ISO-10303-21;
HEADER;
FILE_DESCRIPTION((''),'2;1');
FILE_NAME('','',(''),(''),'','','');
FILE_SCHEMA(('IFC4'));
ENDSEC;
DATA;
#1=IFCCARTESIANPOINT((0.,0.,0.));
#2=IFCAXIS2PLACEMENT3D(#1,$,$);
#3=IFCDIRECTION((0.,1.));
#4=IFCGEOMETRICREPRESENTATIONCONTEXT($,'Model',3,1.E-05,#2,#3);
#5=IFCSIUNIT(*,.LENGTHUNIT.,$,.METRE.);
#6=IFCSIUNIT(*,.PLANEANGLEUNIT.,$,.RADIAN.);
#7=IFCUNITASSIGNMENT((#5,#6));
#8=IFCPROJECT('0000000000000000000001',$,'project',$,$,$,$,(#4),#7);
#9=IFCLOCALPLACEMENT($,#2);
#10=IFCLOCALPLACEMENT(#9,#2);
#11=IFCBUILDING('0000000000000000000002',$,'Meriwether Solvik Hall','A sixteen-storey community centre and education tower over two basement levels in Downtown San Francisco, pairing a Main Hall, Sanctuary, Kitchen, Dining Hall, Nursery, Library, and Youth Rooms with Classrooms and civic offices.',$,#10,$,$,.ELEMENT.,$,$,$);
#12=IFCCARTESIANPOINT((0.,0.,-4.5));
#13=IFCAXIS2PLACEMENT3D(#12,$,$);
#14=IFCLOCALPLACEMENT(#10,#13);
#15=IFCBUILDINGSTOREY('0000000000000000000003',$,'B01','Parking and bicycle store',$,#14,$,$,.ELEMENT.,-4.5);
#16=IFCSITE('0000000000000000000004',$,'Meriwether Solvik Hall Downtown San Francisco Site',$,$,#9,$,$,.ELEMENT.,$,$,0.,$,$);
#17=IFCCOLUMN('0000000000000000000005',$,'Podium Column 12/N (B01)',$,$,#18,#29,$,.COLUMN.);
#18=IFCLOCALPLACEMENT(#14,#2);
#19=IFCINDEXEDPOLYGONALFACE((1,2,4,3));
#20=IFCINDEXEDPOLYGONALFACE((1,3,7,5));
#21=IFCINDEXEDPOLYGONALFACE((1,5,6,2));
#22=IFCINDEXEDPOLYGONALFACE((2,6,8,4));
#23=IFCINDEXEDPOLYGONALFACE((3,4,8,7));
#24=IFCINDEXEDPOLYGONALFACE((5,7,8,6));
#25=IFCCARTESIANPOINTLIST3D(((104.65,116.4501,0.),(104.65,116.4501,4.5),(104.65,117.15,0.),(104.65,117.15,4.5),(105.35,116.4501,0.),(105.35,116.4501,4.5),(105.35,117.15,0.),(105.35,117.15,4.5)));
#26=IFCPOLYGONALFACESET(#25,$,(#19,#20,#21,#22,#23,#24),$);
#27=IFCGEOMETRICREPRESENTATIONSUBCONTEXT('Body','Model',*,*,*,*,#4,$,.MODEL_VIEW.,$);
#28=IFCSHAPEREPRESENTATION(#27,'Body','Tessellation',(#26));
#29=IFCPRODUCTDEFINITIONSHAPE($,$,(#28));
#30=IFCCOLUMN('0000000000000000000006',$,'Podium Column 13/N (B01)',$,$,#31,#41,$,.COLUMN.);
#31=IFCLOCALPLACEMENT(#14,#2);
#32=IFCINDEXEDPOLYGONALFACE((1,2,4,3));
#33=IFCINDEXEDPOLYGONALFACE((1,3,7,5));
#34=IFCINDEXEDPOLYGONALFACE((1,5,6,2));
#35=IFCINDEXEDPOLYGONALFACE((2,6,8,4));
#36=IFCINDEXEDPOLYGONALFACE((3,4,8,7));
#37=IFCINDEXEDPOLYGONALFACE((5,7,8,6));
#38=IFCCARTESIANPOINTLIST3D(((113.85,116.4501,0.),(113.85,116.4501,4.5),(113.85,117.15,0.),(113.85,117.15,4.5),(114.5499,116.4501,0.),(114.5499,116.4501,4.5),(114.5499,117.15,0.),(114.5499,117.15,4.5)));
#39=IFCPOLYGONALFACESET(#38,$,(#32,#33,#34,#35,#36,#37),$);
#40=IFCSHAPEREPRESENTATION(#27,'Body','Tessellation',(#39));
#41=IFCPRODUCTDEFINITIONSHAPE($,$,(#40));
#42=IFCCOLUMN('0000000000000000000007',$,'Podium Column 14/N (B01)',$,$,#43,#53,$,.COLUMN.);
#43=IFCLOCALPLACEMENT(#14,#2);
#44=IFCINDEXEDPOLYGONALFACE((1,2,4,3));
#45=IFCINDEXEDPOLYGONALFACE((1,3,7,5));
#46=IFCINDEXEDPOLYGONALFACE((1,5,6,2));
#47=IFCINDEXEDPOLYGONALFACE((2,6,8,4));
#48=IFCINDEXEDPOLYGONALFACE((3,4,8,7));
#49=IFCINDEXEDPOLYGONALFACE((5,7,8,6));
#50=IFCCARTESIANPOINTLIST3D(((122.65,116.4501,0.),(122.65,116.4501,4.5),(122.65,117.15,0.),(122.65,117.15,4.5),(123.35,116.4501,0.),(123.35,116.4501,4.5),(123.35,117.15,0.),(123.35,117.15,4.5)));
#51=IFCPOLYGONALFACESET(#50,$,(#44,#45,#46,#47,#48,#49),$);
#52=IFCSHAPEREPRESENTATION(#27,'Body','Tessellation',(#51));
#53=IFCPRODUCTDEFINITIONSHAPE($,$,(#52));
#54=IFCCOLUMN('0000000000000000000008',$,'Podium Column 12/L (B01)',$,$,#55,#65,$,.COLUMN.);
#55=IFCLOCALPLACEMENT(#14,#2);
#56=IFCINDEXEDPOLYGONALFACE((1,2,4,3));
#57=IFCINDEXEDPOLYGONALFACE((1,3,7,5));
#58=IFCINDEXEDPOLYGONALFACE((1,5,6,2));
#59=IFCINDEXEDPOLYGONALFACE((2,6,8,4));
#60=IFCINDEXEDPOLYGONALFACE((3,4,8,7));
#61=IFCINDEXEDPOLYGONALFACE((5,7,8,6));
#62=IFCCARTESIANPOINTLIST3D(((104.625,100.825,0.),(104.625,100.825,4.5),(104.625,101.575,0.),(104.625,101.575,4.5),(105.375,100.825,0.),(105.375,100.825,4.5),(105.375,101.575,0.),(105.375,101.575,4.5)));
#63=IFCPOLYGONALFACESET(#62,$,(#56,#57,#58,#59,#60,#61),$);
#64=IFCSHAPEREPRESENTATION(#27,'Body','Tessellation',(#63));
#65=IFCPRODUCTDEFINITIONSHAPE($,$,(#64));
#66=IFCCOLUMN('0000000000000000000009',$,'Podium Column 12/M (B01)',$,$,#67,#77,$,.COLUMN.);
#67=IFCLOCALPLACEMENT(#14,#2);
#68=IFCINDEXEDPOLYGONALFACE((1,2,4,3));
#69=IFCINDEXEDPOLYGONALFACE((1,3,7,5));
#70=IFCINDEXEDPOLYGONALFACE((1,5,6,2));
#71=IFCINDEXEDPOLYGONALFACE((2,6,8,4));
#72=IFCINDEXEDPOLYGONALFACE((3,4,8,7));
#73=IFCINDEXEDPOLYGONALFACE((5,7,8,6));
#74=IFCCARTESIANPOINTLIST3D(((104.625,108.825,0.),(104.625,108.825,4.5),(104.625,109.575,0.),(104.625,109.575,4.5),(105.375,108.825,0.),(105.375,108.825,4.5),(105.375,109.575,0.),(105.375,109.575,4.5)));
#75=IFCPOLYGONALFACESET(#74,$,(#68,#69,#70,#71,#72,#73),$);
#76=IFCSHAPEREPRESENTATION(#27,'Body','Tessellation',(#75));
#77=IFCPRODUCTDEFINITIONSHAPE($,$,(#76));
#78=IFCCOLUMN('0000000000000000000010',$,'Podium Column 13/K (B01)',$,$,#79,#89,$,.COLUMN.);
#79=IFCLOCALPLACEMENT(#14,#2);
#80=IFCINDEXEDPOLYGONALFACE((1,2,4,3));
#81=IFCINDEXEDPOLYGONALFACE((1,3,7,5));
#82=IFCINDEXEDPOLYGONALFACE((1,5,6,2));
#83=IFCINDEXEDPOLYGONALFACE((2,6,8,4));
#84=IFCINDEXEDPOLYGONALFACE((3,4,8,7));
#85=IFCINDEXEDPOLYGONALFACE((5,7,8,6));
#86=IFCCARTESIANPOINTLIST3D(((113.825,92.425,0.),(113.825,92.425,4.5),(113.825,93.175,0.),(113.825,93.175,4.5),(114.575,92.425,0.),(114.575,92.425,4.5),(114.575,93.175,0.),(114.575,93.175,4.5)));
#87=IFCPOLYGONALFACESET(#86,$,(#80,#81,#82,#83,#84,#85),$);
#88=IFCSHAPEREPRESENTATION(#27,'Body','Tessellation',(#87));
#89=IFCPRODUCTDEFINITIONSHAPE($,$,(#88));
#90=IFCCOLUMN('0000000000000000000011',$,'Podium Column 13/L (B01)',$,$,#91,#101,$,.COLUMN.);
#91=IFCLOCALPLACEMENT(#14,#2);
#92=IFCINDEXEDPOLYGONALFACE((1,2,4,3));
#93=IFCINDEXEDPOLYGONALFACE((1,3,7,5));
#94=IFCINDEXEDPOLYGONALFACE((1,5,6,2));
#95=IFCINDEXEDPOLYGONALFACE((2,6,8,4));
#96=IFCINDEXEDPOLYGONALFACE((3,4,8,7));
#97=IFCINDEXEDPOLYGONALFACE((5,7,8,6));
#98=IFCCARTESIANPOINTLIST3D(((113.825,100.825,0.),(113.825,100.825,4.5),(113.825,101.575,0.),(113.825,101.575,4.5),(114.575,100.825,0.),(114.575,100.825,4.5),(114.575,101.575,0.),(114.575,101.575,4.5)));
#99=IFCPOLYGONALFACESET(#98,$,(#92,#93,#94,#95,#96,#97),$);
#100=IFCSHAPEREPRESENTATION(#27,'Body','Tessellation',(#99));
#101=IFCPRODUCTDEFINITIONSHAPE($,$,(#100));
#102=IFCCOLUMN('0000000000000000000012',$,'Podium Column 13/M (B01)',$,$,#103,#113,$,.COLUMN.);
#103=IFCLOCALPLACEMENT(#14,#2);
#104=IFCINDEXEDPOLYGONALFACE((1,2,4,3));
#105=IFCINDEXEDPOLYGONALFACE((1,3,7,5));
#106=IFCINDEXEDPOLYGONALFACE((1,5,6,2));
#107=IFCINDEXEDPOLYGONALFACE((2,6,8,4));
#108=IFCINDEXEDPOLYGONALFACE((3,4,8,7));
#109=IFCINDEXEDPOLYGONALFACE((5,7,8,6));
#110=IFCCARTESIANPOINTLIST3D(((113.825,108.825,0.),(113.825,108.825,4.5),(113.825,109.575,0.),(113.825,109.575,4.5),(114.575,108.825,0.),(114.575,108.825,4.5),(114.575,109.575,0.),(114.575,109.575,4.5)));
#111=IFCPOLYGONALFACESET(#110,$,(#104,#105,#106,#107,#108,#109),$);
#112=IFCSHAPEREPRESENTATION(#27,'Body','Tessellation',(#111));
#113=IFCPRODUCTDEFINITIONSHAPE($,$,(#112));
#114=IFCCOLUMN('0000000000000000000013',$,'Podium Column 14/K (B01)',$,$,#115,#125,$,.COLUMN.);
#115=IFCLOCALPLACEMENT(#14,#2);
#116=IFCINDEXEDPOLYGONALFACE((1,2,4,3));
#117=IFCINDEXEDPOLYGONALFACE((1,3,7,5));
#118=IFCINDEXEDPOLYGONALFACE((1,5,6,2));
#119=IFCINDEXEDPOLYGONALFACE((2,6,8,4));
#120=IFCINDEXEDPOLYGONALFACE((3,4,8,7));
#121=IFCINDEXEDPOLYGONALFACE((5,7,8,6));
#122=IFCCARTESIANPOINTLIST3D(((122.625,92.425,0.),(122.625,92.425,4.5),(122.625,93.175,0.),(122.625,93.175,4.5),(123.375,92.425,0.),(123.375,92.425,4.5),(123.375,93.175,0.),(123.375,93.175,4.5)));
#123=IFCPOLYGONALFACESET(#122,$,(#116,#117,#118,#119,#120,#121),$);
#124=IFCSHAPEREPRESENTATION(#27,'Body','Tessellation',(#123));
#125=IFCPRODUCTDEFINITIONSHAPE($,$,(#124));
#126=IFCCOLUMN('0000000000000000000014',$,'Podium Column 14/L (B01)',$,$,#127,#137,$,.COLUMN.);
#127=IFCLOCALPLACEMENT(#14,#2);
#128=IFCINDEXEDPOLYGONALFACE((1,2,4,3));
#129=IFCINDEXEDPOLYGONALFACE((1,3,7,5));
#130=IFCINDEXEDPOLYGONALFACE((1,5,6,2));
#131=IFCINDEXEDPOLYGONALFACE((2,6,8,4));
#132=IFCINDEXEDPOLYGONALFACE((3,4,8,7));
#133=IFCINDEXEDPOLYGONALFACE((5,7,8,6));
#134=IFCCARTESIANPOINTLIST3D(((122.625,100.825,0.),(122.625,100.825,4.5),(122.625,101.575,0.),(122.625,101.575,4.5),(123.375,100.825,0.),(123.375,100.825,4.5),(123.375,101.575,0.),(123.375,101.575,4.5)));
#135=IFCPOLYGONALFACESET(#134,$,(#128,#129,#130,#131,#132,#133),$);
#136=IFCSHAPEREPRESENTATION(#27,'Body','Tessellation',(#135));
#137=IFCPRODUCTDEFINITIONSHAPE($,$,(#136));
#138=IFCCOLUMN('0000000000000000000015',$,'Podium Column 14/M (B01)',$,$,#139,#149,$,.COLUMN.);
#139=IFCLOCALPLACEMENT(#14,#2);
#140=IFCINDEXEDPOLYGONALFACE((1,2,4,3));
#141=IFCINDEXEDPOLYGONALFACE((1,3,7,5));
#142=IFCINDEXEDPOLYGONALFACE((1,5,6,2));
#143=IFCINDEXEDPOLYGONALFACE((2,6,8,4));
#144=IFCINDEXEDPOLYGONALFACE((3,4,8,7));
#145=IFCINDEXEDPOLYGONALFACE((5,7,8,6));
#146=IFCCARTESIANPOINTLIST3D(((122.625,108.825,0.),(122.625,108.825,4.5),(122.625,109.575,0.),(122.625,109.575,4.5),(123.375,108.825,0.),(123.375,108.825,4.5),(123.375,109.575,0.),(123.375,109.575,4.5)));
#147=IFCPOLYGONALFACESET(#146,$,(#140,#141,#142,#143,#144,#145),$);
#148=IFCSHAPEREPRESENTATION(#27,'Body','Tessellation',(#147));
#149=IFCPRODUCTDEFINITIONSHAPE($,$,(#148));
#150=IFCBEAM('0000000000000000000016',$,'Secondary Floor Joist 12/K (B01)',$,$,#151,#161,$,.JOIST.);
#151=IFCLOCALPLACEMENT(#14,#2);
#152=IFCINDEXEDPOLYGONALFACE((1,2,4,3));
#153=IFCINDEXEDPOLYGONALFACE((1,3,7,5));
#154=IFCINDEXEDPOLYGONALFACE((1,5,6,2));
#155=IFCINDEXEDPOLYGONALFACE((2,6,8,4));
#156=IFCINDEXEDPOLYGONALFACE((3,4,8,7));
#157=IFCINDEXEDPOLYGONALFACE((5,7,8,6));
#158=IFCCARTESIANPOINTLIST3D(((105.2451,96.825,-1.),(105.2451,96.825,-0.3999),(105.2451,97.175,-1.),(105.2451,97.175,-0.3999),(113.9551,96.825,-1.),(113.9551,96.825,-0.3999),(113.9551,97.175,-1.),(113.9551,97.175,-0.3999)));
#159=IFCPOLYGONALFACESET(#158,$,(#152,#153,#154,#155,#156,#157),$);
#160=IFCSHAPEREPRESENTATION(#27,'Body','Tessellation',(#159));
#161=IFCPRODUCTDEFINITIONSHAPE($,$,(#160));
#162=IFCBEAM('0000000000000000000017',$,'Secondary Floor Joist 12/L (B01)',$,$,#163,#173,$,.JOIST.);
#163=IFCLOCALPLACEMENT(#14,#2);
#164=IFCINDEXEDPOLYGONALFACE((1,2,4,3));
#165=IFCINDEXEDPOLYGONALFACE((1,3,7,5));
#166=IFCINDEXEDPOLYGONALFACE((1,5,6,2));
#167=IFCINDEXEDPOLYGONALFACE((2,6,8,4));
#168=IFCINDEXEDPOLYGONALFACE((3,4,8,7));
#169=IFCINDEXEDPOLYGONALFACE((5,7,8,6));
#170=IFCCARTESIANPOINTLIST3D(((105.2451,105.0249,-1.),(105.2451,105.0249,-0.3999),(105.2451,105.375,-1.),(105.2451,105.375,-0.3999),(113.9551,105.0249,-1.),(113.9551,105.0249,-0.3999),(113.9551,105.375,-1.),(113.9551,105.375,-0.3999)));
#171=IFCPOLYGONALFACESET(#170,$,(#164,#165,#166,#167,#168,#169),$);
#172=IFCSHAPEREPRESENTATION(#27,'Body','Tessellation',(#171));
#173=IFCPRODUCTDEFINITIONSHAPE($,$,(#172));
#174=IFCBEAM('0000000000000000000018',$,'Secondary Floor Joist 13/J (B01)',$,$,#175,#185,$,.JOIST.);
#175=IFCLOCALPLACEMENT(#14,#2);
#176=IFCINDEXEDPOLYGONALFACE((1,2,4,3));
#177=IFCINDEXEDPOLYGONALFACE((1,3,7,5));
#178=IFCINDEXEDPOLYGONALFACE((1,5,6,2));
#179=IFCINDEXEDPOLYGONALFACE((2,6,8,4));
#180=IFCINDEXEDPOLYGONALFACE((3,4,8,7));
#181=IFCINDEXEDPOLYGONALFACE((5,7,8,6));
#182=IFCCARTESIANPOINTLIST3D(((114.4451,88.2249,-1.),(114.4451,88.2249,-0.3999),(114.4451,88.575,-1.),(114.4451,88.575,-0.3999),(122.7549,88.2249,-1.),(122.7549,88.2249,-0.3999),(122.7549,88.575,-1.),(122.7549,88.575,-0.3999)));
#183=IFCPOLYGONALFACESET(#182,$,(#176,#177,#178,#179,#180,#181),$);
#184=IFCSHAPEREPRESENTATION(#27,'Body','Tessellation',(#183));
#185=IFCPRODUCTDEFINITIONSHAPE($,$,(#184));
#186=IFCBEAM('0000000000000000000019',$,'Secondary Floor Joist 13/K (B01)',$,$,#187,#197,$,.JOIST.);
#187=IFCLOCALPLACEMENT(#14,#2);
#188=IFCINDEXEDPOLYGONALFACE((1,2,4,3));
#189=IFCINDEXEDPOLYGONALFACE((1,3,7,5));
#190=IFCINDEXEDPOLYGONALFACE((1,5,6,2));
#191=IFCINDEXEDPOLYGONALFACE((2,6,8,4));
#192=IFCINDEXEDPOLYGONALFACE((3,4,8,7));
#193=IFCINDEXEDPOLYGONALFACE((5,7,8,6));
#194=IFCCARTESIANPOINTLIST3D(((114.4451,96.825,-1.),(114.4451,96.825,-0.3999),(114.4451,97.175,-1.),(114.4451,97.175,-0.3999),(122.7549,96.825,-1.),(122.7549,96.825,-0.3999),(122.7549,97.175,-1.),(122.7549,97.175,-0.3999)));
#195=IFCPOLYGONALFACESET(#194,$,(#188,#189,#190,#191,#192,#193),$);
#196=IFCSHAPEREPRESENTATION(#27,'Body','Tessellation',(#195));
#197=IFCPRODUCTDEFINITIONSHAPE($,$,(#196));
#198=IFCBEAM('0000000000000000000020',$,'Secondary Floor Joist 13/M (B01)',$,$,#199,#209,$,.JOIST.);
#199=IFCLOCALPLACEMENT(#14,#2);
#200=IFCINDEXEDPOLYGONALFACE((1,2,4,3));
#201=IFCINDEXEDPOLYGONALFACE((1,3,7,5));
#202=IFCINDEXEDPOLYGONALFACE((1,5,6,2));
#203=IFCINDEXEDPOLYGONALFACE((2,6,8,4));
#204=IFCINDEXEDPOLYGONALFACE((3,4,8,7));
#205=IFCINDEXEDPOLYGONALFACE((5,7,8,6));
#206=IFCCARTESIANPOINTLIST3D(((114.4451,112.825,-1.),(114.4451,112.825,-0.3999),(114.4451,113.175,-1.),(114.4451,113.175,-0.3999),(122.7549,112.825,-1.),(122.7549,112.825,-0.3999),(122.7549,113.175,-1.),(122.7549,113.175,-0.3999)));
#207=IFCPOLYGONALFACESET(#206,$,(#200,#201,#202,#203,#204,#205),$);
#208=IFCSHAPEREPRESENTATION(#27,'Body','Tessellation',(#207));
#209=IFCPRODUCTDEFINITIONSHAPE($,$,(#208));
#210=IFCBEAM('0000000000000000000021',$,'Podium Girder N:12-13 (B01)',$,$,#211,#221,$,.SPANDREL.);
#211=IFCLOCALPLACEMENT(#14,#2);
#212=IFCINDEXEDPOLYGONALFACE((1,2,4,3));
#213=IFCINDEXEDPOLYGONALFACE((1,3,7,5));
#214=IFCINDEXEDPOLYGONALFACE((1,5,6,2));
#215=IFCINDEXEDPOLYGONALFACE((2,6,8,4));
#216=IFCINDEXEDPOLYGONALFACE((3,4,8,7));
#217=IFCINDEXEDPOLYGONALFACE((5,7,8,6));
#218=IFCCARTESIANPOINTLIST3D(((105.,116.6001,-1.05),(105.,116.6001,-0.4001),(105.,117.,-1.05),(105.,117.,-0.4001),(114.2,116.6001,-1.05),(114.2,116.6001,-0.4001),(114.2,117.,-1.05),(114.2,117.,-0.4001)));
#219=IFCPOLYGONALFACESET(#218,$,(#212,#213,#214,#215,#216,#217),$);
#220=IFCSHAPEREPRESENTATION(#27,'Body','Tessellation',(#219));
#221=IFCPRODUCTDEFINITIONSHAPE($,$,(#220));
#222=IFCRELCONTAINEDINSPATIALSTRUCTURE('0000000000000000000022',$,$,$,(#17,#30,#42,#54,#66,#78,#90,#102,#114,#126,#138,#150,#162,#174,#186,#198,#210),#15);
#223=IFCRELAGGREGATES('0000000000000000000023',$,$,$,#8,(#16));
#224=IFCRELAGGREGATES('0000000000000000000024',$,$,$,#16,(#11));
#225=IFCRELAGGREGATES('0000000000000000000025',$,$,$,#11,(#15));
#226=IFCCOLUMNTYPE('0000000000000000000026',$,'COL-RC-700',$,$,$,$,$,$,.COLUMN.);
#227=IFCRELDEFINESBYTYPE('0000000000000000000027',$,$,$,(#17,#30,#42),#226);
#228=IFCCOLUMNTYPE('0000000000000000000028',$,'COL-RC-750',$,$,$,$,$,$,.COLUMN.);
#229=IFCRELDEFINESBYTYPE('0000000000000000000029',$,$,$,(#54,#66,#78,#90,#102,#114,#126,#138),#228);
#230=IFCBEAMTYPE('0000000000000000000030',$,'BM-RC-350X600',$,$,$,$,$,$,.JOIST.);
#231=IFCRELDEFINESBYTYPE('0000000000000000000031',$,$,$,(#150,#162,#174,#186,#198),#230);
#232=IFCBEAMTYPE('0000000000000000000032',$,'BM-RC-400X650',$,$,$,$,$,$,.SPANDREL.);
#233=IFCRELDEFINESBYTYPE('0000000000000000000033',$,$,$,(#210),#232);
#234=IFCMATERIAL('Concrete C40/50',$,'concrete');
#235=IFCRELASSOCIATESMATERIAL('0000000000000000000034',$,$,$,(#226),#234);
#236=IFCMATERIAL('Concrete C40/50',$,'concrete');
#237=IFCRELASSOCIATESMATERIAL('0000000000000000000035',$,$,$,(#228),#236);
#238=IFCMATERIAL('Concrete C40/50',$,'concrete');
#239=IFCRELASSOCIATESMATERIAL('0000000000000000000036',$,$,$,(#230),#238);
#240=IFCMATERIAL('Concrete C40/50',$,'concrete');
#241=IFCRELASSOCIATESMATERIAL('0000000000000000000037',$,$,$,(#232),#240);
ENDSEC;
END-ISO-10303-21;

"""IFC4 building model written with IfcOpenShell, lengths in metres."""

from ifc_helpers import new_model, si_unit, direction, frame, origin, origin_2d, place, context, subcontext, project, spatial, rectangle, extrude, material, material_profile, profile_set, type_object, element, save


model = new_model("IFC4")

# Units and contexts
model_context = context("Model", 3, precision=1e-05, world=origin(), true_north=direction((0.0, 1.0)))
body_context = subcontext(model_context, "Body", "Model", "MODEL_VIEW")
ifc_project = project(units=[si_unit("LENGTHUNIT", "METRE"), si_unit("PLANEANGLEUNIT", "RADIAN")], contexts=[model_context])

# Site, building, storey
site_placement = place(None, origin())
site = spatial("IfcSite", under=ifc_project, at=site_placement, Name="Meriwether Solvik Hall Downtown San Francisco Site", CompositionType="ELEMENT", RefElevation=0.0)
building_placement = place(site_placement, origin())
building = spatial("IfcBuilding", under=site, at=building_placement, Name="Meriwether Solvik Hall", Description="A sixteen-storey community centre and education tower over two basement levels in Downtown San Francisco, pairing a Main Hall, Sanctuary, Kitchen, Dining Hall, Nursery, Library, and Youth Rooms with Classrooms and civic offices.", CompositionType="ELEMENT")
storey_placement = place(building_placement, frame((0.0, 0.0, -4.5)))
storey = spatial("IfcBuildingStorey", under=building, at=storey_placement, Name="B01", Description="Parking and bicycle store", CompositionType="ELEMENT", Elevation=-4.5)

# Columns
ifc_material_1 = material(Name="Concrete C40/50", Category="concrete")
ifc_material_profile_1 = material_profile(ifc_material_1, rectangle(XDim=0.7, YDim=0.7, at=origin_2d()), Name="RCC-700X700")
ifc_profile_set_1 = profile_set([ifc_material_profile_1], Name="Concrete C40/50")
column_type_1 = type_object("IfcColumnType", Name="COL-RC-700", PredefinedType="COLUMN", material=ifc_profile_set_1)
for number, where, z_axis, x_axis, name in (
    (1, (105.0, 116.8, 0.0), (0.0, 0.0, 1.0), (1.0, 0.0, 0.0), "Podium Column 12/N (B01)"),
    (2, (114.2, 116.8, 0.0), (0.0, 0.0, 1.0), (1.0, 0.0, 0.0), "Podium Column 13/N (B01)"),
    (3, (123.0, 116.8, 0.0), (0.0, 0.0, 1.0), (1.0, 0.0, 0.0), "Podium Column 14/N (B01)"),
):
    element("IfcColumn", number, at=place(storey_placement, frame(where, z_axis=z_axis, x_axis=x_axis)), inside=storey, type_object=column_type_1, Name=name, PredefinedType="COLUMN", context=body_context, shape_type="SweptSolid", body=[
        extrude(rectangle(XDim=0.7, YDim=0.7, at=origin_2d()), origin(), (0.0, 0.0, 1.0), 4.5),
    ])
ifc_material_2 = material(Name="Concrete C40/50", Category="concrete")
ifc_material_profile_2 = material_profile(ifc_material_2, rectangle(XDim=0.75, YDim=0.75, at=origin_2d()), Name="RCC-750X750")
ifc_profile_set_2 = profile_set([ifc_material_profile_2], Name="Concrete C40/50")
column_type_2 = type_object("IfcColumnType", Name="COL-RC-750", PredefinedType="COLUMN", material=ifc_profile_set_2)
for number, where, z_axis, x_axis, name in (
    (4, (105.0, 101.2, 0.0), (0.0, 0.0, 1.0), (1.0, 0.0, 0.0), "Podium Column 12/L (B01)"),
    (5, (105.0, 109.2, 0.0), (0.0, 0.0, 1.0), (1.0, 0.0, 0.0), "Podium Column 12/M (B01)"),
    (6, (114.2, 92.8, 0.0), (0.0, 0.0, 1.0), (1.0, 0.0, 0.0), "Podium Column 13/K (B01)"),
    (7, (114.2, 101.2, 0.0), (0.0, 0.0, 1.0), (1.0, 0.0, 0.0), "Podium Column 13/L (B01)"),
    (8, (114.2, 109.2, 0.0), (0.0, 0.0, 1.0), (1.0, 0.0, 0.0), "Podium Column 13/M (B01)"),
    (9, (123.0, 92.8, 0.0), (0.0, 0.0, 1.0), (1.0, 0.0, 0.0), "Podium Column 14/K (B01)"),
    (10, (123.0, 101.2, 0.0), (0.0, 0.0, 1.0), (1.0, 0.0, 0.0), "Podium Column 14/L (B01)"),
    (11, (123.0, 109.2, 0.0), (0.0, 0.0, 1.0), (1.0, 0.0, 0.0), "Podium Column 14/M (B01)"),
):
    element("IfcColumn", number, at=place(storey_placement, frame(where, z_axis=z_axis, x_axis=x_axis)), inside=storey, type_object=column_type_2, Name=name, PredefinedType="COLUMN", context=body_context, shape_type="SweptSolid", body=[
        extrude(rectangle(XDim=0.75, YDim=0.75, at=origin_2d()), origin(), (0.0, 0.0, 1.0), 4.5),
    ])

# Beams
ifc_material_3 = material(Name="Concrete C40/50", Category="concrete")
ifc_material_profile_3 = material_profile(ifc_material_3, rectangle(XDim=0.3501, YDim=0.6001, at=origin_2d()), Name="RCB-350X600")
ifc_profile_set_3 = profile_set([ifc_material_profile_3], Name="Concrete C40/50")
beam_type_1 = type_object("IfcBeamType", Name="BM-RC-350X600", PredefinedType="JOIST", material=ifc_profile_set_3)
for number, where, z_axis, x_axis, name in (
    (12, (105.2451, 97.0, -0.7), (1.0, 0.0, 0.0), (0.0, 1.0, 0.0), "Secondary Floor Joist 12/K (B01)"),
    (13, (105.2451, 105.2, -0.7), (1.0, 0.0, 0.0), (0.0, 1.0, 0.0), "Secondary Floor Joist 12/L (B01)"),
):
    element("IfcBeam", number, at=place(storey_placement, frame(where, z_axis=z_axis, x_axis=x_axis)), inside=storey, type_object=beam_type_1, Name=name, PredefinedType="JOIST", context=body_context, shape_type="SweptSolid", body=[
        extrude(rectangle(XDim=0.3501, YDim=0.6001, at=origin_2d()), origin(), (0.0, 0.0, 1.0), 8.71),
    ])
for number, where, z_axis, x_axis, name in (
    (14, (114.4451, 88.3999, -0.7), (1.0, 0.0, 0.0), (0.0, 1.0, 0.0), "Secondary Floor Joist 13/J (B01)"),
    (15, (114.4451, 97.0, -0.7), (1.0, 0.0, 0.0), (0.0, 1.0, 0.0), "Secondary Floor Joist 13/K (B01)"),
    (16, (114.4451, 113.0, -0.7), (1.0, 0.0, 0.0), (0.0, 1.0, 0.0), "Secondary Floor Joist 13/M (B01)"),
):
    element("IfcBeam", number, at=place(storey_placement, frame(where, z_axis=z_axis, x_axis=x_axis)), inside=storey, type_object=beam_type_1, Name=name, PredefinedType="JOIST", context=body_context, shape_type="SweptSolid", body=[
        extrude(rectangle(XDim=0.3501, YDim=0.6001, at=origin_2d()), origin(), (0.0, 0.0, 1.0), 8.3098),
    ])
ifc_material_4 = material(Name="Concrete C40/50", Category="concrete")
ifc_material_profile_4 = material_profile(ifc_material_4, rectangle(XDim=0.3999, YDim=0.6499, at=origin_2d()), Name="RCB-400X650")
ifc_profile_set_4 = profile_set([ifc_material_profile_4], Name="Concrete C40/50")
beam_type_2 = type_object("IfcBeamType", Name="BM-RC-400X650", PredefinedType="SPANDREL", material=ifc_profile_set_4)
beam_1_placement = place(storey_placement, frame((105.0, 116.8, -0.7251), z_axis=(1.0, 0.0, 0.0), x_axis=(0.0, 1.0, 0.0)))
element("IfcBeam", 17, at=beam_1_placement, inside=storey, type_object=beam_type_2, Name="Podium Girder N:12-13 (B01)", PredefinedType="SPANDREL", context=body_context, shape_type="SweptSolid", body=[
    extrude(rectangle(XDim=0.3999, YDim=0.6499, at=origin_2d()), origin(), (0.0, 0.0, 1.0), 9.2),
])

save(model, "model.ifc")
